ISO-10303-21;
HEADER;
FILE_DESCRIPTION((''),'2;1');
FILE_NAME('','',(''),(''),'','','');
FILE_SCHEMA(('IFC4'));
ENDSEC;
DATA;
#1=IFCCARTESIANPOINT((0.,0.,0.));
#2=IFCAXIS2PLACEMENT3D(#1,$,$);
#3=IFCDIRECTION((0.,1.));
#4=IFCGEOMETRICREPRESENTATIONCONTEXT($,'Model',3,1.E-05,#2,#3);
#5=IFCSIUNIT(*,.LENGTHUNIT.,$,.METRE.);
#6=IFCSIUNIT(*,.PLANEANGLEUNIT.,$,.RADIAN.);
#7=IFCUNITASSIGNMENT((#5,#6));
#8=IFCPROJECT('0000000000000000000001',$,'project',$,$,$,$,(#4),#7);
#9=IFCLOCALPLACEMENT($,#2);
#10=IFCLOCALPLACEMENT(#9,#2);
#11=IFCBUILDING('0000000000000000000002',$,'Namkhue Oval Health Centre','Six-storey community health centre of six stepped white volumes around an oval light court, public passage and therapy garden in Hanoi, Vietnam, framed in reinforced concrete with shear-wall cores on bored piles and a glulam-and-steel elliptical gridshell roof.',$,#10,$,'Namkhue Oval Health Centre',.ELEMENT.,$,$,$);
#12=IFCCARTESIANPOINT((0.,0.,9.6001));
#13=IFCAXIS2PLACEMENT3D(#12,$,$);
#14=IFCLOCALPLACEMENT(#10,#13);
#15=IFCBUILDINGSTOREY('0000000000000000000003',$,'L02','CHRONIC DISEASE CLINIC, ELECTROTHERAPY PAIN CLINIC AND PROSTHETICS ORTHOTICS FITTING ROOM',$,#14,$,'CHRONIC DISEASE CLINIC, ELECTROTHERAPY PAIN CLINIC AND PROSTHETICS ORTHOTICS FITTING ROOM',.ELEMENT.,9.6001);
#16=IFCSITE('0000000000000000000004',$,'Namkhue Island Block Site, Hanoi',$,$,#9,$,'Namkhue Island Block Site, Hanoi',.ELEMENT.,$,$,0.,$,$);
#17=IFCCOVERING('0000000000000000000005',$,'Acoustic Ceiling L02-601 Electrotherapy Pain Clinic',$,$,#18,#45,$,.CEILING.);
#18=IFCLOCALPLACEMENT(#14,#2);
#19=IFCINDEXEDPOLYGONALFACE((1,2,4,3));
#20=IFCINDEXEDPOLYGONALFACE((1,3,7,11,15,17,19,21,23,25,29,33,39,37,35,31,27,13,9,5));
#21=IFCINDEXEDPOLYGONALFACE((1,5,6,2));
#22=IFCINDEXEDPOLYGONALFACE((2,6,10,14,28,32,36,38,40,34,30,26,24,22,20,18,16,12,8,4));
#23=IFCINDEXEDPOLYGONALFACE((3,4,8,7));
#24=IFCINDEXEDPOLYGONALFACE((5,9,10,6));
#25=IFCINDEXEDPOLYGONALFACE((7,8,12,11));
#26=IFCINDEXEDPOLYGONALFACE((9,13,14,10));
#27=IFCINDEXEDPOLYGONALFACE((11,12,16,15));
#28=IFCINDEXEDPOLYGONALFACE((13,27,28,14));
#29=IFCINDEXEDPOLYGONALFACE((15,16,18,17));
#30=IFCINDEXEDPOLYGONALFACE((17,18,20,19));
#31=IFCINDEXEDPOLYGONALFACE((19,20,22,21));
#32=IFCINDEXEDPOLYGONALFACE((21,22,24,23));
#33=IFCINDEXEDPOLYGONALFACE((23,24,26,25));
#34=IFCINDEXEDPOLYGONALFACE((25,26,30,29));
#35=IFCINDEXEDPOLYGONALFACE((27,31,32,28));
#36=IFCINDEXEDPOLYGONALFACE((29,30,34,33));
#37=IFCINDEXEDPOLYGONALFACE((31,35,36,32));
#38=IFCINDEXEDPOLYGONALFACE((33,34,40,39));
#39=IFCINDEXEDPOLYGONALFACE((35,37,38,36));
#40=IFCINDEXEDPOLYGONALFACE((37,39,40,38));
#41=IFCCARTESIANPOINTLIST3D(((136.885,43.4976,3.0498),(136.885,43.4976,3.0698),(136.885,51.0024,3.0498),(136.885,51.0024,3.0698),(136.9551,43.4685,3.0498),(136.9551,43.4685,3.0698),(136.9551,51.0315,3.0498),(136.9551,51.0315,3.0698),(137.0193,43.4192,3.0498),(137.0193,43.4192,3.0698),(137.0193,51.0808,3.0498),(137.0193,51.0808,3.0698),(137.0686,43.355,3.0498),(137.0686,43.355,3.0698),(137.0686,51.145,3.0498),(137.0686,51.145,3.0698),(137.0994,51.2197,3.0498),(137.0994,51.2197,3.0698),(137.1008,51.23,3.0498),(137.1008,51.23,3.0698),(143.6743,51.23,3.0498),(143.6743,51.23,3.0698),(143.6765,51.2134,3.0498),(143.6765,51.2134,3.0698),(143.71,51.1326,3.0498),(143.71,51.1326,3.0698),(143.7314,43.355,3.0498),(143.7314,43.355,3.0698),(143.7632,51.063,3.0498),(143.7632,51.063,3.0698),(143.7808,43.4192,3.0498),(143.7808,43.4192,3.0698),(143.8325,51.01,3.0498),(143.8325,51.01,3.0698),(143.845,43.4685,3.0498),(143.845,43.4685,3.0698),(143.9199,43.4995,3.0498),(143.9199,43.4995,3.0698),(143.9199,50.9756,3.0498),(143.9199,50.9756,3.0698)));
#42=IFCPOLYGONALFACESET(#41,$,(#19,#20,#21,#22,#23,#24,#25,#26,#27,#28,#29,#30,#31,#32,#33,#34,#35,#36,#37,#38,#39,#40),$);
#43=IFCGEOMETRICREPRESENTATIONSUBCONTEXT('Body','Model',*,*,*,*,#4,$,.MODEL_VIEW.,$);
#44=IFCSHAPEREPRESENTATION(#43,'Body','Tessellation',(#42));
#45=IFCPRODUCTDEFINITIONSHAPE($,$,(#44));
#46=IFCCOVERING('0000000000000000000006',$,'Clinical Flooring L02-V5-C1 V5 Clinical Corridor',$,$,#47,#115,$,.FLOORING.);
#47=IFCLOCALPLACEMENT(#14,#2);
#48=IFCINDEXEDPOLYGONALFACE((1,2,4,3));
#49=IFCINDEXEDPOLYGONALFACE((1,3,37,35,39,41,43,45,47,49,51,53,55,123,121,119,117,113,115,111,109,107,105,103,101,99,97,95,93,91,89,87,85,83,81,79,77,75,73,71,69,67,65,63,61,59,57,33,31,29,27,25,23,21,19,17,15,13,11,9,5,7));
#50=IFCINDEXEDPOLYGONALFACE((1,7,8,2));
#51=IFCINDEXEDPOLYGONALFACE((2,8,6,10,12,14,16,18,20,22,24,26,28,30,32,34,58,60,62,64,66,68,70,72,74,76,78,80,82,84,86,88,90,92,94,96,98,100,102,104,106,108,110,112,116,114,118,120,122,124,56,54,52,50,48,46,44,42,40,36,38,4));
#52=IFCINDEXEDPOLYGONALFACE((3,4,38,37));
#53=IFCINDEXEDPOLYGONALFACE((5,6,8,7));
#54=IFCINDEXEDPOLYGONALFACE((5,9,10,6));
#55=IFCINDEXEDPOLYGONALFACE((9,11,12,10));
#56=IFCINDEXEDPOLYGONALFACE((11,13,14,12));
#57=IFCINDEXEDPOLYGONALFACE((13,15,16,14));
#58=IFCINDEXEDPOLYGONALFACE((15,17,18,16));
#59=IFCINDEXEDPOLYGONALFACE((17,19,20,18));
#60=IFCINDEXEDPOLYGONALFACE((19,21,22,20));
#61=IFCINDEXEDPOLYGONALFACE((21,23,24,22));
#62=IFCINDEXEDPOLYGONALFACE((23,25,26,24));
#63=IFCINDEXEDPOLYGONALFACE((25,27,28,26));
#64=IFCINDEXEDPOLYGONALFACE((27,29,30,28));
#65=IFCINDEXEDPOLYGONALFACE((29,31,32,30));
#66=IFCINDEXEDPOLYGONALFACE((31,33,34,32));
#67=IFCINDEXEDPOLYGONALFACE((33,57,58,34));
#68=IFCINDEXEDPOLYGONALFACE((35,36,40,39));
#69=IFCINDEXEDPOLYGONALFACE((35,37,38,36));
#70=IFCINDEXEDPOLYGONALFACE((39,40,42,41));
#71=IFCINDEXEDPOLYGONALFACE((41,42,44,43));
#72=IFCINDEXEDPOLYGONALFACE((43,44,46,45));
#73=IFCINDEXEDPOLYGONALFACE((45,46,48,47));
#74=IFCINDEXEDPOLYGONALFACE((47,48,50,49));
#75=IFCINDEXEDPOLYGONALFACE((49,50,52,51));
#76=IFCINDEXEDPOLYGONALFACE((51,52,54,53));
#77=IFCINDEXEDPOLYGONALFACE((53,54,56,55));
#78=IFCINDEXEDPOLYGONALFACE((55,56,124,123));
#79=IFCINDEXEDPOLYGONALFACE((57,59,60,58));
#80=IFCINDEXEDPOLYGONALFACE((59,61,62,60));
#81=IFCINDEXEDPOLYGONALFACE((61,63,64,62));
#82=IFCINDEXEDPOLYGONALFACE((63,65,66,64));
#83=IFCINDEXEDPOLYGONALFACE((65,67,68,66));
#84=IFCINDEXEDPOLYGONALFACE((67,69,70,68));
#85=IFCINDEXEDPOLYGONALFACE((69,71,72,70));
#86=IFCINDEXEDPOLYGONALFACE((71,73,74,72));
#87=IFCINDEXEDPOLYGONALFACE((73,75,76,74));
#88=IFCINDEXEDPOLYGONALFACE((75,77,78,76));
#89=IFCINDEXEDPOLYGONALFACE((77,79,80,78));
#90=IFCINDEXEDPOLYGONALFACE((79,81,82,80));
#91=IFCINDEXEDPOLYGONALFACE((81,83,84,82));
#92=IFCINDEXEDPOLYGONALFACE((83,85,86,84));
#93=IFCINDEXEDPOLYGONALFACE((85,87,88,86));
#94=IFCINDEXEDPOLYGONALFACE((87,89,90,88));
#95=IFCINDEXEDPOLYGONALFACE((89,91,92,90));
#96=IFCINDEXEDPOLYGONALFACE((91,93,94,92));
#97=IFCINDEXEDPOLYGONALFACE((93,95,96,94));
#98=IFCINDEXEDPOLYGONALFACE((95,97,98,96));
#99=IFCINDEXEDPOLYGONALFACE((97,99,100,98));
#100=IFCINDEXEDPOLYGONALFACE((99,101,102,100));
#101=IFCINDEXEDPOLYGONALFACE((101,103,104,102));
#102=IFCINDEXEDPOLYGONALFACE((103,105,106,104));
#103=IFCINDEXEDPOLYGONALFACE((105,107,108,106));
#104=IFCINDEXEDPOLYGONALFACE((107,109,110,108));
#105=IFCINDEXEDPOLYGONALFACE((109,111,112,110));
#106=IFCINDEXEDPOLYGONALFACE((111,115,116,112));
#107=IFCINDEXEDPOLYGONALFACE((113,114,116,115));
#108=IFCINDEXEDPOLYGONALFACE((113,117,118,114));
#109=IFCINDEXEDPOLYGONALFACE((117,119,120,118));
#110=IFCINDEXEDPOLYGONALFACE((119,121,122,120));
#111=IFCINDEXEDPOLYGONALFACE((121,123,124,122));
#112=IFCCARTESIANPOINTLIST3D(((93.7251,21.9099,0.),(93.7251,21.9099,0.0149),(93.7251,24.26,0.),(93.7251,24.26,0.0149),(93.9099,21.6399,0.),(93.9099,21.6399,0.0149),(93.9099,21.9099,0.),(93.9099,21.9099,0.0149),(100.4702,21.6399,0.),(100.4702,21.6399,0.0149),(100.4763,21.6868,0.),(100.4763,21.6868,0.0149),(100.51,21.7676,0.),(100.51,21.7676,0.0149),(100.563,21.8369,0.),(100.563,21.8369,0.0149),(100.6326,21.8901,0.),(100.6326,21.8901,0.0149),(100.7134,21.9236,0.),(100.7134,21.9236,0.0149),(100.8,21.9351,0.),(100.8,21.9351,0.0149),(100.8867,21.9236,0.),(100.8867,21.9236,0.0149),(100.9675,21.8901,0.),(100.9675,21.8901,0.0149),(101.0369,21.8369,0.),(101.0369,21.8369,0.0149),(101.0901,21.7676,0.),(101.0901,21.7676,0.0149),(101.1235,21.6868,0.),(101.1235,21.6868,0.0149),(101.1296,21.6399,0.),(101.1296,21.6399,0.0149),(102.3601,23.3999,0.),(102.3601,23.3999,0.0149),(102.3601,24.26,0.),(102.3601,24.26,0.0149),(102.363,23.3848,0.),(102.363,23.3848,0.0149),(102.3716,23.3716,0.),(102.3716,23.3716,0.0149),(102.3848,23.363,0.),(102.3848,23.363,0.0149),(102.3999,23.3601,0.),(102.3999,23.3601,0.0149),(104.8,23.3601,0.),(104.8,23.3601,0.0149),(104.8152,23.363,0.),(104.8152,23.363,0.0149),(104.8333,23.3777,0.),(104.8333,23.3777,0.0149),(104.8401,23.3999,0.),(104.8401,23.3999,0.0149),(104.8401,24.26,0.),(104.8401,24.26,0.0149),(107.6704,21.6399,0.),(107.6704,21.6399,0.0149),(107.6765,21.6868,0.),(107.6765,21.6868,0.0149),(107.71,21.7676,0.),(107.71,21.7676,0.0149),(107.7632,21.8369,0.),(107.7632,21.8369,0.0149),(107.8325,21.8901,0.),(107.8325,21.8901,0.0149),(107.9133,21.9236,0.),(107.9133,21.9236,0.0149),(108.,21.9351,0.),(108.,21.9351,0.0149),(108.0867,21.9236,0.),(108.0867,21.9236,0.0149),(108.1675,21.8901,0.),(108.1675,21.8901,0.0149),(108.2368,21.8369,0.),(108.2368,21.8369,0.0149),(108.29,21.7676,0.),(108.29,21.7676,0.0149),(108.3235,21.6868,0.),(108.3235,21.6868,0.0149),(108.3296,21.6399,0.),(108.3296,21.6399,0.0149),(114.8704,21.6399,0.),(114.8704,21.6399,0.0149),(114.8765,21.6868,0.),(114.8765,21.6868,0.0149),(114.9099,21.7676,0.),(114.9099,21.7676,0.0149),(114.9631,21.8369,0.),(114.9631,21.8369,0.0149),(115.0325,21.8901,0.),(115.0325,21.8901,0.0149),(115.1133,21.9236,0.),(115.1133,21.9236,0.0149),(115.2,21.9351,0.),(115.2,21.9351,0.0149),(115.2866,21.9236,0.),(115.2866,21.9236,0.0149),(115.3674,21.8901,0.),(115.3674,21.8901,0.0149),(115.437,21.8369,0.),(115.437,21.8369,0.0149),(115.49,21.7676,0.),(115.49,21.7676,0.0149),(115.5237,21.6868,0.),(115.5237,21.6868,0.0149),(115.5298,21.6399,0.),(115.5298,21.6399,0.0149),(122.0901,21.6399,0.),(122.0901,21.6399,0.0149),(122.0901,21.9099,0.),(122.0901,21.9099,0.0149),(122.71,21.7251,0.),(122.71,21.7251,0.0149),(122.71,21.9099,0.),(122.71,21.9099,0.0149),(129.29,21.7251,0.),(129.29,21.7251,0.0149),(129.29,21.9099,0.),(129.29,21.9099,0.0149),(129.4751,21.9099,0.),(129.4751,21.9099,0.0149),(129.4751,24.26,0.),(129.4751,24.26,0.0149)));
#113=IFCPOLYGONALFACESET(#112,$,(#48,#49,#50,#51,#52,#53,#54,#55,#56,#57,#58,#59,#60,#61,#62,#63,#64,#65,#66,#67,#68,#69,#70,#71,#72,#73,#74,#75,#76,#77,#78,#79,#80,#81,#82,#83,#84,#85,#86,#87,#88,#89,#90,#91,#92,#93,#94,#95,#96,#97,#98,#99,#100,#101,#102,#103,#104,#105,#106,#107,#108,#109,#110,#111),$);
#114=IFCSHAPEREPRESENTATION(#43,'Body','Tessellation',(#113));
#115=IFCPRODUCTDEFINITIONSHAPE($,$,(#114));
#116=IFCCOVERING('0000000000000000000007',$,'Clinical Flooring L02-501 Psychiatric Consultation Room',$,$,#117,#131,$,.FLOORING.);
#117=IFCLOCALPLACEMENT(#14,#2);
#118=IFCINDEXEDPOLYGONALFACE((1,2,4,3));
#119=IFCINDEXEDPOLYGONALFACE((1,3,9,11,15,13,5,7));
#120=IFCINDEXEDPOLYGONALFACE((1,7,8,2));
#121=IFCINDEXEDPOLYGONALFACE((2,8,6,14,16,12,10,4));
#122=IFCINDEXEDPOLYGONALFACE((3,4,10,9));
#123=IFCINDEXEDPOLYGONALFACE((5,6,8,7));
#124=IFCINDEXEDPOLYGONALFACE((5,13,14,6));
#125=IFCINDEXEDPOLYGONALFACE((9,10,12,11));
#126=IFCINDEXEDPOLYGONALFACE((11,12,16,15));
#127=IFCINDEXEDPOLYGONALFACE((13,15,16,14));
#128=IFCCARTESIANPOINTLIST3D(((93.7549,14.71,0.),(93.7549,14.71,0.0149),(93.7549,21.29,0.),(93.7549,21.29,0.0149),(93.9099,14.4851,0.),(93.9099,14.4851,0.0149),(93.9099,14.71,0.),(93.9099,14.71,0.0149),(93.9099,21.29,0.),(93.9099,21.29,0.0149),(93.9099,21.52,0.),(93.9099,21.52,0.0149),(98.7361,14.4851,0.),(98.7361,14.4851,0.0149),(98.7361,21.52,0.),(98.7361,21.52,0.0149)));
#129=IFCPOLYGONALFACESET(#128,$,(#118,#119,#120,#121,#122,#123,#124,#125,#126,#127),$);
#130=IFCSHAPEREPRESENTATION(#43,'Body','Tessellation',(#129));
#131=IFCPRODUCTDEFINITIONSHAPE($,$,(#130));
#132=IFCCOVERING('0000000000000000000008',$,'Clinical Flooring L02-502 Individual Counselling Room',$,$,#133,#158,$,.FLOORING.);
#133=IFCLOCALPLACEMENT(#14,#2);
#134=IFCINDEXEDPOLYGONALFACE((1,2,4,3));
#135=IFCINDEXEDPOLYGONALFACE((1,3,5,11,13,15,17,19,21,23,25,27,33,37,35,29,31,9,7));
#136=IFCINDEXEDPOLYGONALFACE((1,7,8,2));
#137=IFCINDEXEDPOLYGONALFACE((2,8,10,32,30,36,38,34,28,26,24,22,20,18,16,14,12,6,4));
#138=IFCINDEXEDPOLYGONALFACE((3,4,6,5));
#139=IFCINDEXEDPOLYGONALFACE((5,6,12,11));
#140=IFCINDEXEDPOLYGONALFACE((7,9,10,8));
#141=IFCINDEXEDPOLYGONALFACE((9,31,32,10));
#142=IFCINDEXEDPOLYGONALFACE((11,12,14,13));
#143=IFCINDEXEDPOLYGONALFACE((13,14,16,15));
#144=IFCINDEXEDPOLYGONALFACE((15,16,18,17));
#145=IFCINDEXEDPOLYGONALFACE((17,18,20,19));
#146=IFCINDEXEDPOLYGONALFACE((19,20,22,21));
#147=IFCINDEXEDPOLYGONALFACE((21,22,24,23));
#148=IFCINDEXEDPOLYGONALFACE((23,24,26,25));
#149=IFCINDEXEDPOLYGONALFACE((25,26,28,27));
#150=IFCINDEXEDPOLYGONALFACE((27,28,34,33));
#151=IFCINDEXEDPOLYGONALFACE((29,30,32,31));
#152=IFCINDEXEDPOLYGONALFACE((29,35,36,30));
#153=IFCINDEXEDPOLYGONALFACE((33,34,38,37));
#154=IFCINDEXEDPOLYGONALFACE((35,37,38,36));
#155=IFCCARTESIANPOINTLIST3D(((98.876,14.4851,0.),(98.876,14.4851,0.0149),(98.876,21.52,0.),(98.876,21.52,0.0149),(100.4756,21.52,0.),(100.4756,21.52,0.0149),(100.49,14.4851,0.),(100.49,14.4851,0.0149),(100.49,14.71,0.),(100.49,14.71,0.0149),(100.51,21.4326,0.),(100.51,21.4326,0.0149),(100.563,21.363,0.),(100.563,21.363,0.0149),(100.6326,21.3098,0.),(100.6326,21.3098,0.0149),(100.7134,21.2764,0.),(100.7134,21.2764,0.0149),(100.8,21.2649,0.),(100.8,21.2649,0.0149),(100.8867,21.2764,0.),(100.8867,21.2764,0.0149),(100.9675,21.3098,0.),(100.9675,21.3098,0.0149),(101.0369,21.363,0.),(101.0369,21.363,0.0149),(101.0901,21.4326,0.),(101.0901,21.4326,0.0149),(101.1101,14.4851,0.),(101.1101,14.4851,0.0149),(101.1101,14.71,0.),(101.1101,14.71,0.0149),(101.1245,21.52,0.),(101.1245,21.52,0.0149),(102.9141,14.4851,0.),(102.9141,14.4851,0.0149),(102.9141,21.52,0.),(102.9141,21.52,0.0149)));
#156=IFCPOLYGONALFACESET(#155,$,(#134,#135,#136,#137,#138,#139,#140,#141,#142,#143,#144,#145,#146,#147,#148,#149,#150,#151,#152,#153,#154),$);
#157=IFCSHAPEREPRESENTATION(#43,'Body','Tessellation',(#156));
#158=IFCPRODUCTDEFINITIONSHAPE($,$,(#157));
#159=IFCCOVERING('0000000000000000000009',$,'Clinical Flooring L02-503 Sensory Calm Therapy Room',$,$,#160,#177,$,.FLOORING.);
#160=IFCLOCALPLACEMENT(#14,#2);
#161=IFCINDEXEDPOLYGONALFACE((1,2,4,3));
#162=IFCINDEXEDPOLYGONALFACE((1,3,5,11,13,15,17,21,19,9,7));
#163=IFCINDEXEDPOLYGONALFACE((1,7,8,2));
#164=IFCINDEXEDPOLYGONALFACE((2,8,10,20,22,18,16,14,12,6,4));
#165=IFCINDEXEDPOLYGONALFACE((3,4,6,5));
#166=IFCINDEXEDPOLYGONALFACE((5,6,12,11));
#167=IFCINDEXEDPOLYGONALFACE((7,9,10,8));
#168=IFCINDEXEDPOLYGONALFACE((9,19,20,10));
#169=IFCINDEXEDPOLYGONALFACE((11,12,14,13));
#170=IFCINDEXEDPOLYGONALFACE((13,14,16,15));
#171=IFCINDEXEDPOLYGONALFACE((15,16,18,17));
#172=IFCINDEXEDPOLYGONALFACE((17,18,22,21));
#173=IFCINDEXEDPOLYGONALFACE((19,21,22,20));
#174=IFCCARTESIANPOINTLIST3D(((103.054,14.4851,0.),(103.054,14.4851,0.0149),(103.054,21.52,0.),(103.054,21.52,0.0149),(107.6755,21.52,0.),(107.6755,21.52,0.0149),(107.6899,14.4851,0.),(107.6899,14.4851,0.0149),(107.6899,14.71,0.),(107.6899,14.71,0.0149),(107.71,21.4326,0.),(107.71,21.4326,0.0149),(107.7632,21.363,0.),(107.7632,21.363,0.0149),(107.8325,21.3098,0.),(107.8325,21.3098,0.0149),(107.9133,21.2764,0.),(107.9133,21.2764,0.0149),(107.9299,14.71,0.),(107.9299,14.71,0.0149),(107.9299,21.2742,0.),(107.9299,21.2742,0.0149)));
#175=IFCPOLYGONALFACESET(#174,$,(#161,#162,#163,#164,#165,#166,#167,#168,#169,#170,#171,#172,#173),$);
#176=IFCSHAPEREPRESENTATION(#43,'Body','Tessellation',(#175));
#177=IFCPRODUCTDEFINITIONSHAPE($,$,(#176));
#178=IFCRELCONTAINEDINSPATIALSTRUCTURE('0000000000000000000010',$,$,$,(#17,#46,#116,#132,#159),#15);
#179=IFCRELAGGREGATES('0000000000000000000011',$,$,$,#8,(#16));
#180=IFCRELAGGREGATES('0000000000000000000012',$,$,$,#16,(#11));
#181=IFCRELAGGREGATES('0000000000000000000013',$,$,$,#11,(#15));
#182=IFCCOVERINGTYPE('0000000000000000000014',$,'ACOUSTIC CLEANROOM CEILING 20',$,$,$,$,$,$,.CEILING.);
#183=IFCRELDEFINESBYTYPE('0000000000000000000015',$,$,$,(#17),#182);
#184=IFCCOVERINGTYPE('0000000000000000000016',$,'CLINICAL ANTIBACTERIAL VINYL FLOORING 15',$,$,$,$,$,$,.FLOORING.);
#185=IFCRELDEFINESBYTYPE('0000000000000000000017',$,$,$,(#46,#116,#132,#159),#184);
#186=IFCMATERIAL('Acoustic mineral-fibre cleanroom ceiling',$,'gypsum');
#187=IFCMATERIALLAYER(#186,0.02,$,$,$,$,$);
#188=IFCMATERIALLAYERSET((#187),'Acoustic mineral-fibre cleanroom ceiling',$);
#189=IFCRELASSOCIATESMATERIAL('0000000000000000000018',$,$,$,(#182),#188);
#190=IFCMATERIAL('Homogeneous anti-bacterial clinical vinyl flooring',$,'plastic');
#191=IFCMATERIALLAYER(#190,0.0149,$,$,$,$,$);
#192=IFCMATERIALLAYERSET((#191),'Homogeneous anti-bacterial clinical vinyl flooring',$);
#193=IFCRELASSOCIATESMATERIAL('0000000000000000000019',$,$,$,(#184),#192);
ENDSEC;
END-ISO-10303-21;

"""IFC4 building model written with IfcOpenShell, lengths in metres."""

from ifc_helpers import new_model, si_unit, direction, frame, origin, place, context, subcontext, project, spatial, polyline, outline, extrude, material, layer, layer_set, type_object, element, save


model = new_model("IFC4")

# Units and contexts
model_context = context("Model", 3, precision=1e-05, world=origin(), true_north=direction((0.0, 1.0)))
body_context = subcontext(model_context, "Body", "Model", "MODEL_VIEW")
ifc_project = project(units=[si_unit("LENGTHUNIT", "METRE"), si_unit("PLANEANGLEUNIT", "RADIAN")], contexts=[model_context])

# Site, building, storey
site_placement = place(None, origin())
site = spatial("IfcSite", under=ifc_project, at=site_placement, Name="Namkhue Island Block Site, Hanoi", LongName="Namkhue Island Block Site, Hanoi", CompositionType="ELEMENT", RefElevation=0.0)
building_placement = place(site_placement, origin())
building = spatial("IfcBuilding", under=site, at=building_placement, Name="Namkhue Oval Health Centre", Description="Six-storey community health centre of six stepped white volumes around an oval light court, public passage and therapy garden in Hanoi, Vietnam, framed in reinforced concrete with shear-wall cores on bored piles and a glulam-and-steel elliptical gridshell roof.", LongName="Namkhue Oval Health Centre", CompositionType="ELEMENT")
storey_placement = place(building_placement, frame((0.0, 0.0, 9.6001)))
storey = spatial("IfcBuildingStorey", under=building, at=storey_placement, Name="L02", Description="CHRONIC DISEASE CLINIC, ELECTROTHERAPY PAIN CLINIC AND PROSTHETICS ORTHOTICS FITTING ROOM", LongName="CHRONIC DISEASE CLINIC, ELECTROTHERAPY PAIN CLINIC AND PROSTHETICS ORTHOTICS FITTING ROOM", CompositionType="ELEMENT", Elevation=9.6001)

# Coverings
ifc_material_1 = material(Name="Acoustic mineral-fibre cleanroom ceiling", Category="gypsum")
ifc_layer_1 = layer(ifc_material_1, 0.02)
ifc_layer_set_1 = layer_set([ifc_layer_1], Name="Acoustic mineral-fibre cleanroom ceiling")
covering_type_1 = type_object("IfcCoveringType", Name="ACOUSTIC CLEANROOM CEILING 20", PredefinedType="CEILING", material=ifc_layer_set_1)
covering_1_placement = place(storey_placement, frame((0.0, 0.0, 3.0498)))
element("IfcCovering", 1, at=covering_1_placement, inside=storey, type_object=covering_type_1, Name="Acoustic Ceiling L02-601 Electrotherapy Pain Clinic", PredefinedType="CEILING", context=body_context, shape_type="SweptSolid", body=[
    extrude(outline(polyline([(137.0686, 43.355), (137.0193, 43.4192), (136.9551, 43.4685), (136.885, 43.4976), (136.885, 51.0024), (136.9551, 51.0315), (137.0193, 51.0808), (137.0686, 51.145), (137.0994, 51.2197), (137.1008, 51.23), (143.6743, 51.23), (143.6765, 51.2134), (143.71, 51.1326), (143.7632, 51.063), (143.8325, 51.01), (143.9199, 50.9756), (143.9199, 43.4995), (143.845, 43.4685), (143.7808, 43.4192), (143.7314, 43.355), (137.0686, 43.355)])), origin(), (0.0, 0.0, 1.0), 0.02),
])
ifc_material_2 = material(Name="Homogeneous anti-bacterial clinical vinyl flooring", Category="plastic")
ifc_layer_2 = layer(ifc_material_2, 0.0149)
ifc_layer_set_2 = layer_set([ifc_layer_2], Name="Homogeneous anti-bacterial clinical vinyl flooring")
covering_type_2 = type_object("IfcCoveringType", Name="CLINICAL ANTIBACTERIAL VINYL FLOORING 15", PredefinedType="FLOORING", material=ifc_layer_set_2)
covering_2_placement = place(storey_placement, origin())
element("IfcCovering", 2, at=covering_2_placement, inside=storey, type_object=covering_type_2, Name="Clinical Flooring L02-V5-C1 V5 Clinical Corridor", PredefinedType="FLOORING", context=body_context, shape_type="SweptSolid", body=[
    extrude(outline(polyline([(115.5298, 21.6399), (115.5237, 21.6868), (115.49, 21.7676), (115.437, 21.8369), (115.3674, 21.8901), (115.2866, 21.9236), (115.2, 21.9351), (115.1133, 21.9236), (115.0325, 21.8901), (114.9631, 21.8369), (114.9099, 21.7676), (114.8765, 21.6868), (114.8704, 21.6399), (108.3296, 21.6399), (108.3235, 21.6868), (108.29, 21.7676), (108.2368, 21.8369), (108.1675, 21.8901), (108.0867, 21.9236), (108.0, 21.9351), (107.9133, 21.9236), (107.8325, 21.8901), (107.7632, 21.8369), (107.71, 21.7676), (107.6765, 21.6868), (107.6704, 21.6399), (101.1296, 21.6399), (101.1235, 21.6868), (101.0901, 21.7676), (101.0369, 21.8369), (100.9675, 21.8901), (100.8867, 21.9236), (100.8, 21.9351), (100.7134, 21.9236), (100.6326, 21.8901), (100.563, 21.8369), (100.51, 21.7676), (100.4763, 21.6868), (100.4702, 21.6399), (93.9099, 21.6399), (93.9099, 21.9099), (93.7251, 21.9099), (93.7251, 24.26), (102.3601, 24.26), (102.3601, 23.3999), (102.363, 23.3848), (102.3716, 23.3716), (102.3848, 23.363), (102.3999, 23.3601), (104.8, 23.3601), (104.8152, 23.363), (104.8333, 23.3777), (104.8401, 23.3999), (104.8401, 24.26), (129.4751, 24.26), (129.4751, 21.9099), (129.29, 21.9099), (129.29, 21.7251), (122.71, 21.7251), (122.71, 21.9099), (122.0901, 21.9099), (122.0901, 21.6399), (115.5298, 21.6399)])), origin(), (0.0, 0.0, 1.0), 0.0149),
])
covering_3_placement = place(storey_placement, origin())
element("IfcCovering", 3, at=covering_3_placement, inside=storey, type_object=covering_type_2, Name="Clinical Flooring L02-501 Psychiatric Consultation Room", PredefinedType="FLOORING", context=body_context, shape_type="SweptSolid", body=[
    extrude(outline(polyline([(93.9099, 14.4851), (93.9099, 14.71), (93.7549, 14.71), (93.7549, 21.29), (93.9099, 21.29), (93.9099, 21.52), (98.7361, 21.52), (98.7361, 14.4851), (93.9099, 14.4851)])), origin(), (0.0, 0.0, 1.0), 0.0149),
])
covering_4_placement = place(storey_placement, origin())
element("IfcCovering", 4, at=covering_4_placement, inside=storey, type_object=covering_type_2, Name="Clinical Flooring L02-502 Individual Counselling Room", PredefinedType="FLOORING", context=body_context, shape_type="SweptSolid", body=[
    extrude(outline(polyline([(101.1101, 14.4851), (101.1101, 14.71), (100.49, 14.71), (100.49, 14.4851), (98.876, 14.4851), (98.876, 21.52), (100.4756, 21.52), (100.51, 21.4326), (100.563, 21.363), (100.6326, 21.3098), (100.7134, 21.2764), (100.8, 21.2649), (100.8867, 21.2764), (100.9675, 21.3098), (101.0369, 21.363), (101.0901, 21.4326), (101.1245, 21.52), (102.9141, 21.52), (102.9141, 14.4851), (101.1101, 14.4851)])), origin(), (0.0, 0.0, 1.0), 0.0149),
])
covering_5_placement = place(storey_placement, origin())
element("IfcCovering", 5, at=covering_5_placement, inside=storey, type_object=covering_type_2, Name="Clinical Flooring L02-503 Sensory Calm Therapy Room", PredefinedType="FLOORING", context=body_context, shape_type="SweptSolid", body=[
    extrude(outline(polyline([(103.054, 14.4851), (103.054, 21.52), (107.6755, 21.52), (107.71, 21.4326), (107.7632, 21.363), (107.8325, 21.3098), (107.9133, 21.2764), (107.9299, 21.2742), (107.9299, 14.71), (107.6899, 14.71), (107.6899, 14.4851), (103.054, 14.4851)])), origin(), (0.0, 0.0, 1.0), 0.0149),
])

save(model, "model.ifc")
